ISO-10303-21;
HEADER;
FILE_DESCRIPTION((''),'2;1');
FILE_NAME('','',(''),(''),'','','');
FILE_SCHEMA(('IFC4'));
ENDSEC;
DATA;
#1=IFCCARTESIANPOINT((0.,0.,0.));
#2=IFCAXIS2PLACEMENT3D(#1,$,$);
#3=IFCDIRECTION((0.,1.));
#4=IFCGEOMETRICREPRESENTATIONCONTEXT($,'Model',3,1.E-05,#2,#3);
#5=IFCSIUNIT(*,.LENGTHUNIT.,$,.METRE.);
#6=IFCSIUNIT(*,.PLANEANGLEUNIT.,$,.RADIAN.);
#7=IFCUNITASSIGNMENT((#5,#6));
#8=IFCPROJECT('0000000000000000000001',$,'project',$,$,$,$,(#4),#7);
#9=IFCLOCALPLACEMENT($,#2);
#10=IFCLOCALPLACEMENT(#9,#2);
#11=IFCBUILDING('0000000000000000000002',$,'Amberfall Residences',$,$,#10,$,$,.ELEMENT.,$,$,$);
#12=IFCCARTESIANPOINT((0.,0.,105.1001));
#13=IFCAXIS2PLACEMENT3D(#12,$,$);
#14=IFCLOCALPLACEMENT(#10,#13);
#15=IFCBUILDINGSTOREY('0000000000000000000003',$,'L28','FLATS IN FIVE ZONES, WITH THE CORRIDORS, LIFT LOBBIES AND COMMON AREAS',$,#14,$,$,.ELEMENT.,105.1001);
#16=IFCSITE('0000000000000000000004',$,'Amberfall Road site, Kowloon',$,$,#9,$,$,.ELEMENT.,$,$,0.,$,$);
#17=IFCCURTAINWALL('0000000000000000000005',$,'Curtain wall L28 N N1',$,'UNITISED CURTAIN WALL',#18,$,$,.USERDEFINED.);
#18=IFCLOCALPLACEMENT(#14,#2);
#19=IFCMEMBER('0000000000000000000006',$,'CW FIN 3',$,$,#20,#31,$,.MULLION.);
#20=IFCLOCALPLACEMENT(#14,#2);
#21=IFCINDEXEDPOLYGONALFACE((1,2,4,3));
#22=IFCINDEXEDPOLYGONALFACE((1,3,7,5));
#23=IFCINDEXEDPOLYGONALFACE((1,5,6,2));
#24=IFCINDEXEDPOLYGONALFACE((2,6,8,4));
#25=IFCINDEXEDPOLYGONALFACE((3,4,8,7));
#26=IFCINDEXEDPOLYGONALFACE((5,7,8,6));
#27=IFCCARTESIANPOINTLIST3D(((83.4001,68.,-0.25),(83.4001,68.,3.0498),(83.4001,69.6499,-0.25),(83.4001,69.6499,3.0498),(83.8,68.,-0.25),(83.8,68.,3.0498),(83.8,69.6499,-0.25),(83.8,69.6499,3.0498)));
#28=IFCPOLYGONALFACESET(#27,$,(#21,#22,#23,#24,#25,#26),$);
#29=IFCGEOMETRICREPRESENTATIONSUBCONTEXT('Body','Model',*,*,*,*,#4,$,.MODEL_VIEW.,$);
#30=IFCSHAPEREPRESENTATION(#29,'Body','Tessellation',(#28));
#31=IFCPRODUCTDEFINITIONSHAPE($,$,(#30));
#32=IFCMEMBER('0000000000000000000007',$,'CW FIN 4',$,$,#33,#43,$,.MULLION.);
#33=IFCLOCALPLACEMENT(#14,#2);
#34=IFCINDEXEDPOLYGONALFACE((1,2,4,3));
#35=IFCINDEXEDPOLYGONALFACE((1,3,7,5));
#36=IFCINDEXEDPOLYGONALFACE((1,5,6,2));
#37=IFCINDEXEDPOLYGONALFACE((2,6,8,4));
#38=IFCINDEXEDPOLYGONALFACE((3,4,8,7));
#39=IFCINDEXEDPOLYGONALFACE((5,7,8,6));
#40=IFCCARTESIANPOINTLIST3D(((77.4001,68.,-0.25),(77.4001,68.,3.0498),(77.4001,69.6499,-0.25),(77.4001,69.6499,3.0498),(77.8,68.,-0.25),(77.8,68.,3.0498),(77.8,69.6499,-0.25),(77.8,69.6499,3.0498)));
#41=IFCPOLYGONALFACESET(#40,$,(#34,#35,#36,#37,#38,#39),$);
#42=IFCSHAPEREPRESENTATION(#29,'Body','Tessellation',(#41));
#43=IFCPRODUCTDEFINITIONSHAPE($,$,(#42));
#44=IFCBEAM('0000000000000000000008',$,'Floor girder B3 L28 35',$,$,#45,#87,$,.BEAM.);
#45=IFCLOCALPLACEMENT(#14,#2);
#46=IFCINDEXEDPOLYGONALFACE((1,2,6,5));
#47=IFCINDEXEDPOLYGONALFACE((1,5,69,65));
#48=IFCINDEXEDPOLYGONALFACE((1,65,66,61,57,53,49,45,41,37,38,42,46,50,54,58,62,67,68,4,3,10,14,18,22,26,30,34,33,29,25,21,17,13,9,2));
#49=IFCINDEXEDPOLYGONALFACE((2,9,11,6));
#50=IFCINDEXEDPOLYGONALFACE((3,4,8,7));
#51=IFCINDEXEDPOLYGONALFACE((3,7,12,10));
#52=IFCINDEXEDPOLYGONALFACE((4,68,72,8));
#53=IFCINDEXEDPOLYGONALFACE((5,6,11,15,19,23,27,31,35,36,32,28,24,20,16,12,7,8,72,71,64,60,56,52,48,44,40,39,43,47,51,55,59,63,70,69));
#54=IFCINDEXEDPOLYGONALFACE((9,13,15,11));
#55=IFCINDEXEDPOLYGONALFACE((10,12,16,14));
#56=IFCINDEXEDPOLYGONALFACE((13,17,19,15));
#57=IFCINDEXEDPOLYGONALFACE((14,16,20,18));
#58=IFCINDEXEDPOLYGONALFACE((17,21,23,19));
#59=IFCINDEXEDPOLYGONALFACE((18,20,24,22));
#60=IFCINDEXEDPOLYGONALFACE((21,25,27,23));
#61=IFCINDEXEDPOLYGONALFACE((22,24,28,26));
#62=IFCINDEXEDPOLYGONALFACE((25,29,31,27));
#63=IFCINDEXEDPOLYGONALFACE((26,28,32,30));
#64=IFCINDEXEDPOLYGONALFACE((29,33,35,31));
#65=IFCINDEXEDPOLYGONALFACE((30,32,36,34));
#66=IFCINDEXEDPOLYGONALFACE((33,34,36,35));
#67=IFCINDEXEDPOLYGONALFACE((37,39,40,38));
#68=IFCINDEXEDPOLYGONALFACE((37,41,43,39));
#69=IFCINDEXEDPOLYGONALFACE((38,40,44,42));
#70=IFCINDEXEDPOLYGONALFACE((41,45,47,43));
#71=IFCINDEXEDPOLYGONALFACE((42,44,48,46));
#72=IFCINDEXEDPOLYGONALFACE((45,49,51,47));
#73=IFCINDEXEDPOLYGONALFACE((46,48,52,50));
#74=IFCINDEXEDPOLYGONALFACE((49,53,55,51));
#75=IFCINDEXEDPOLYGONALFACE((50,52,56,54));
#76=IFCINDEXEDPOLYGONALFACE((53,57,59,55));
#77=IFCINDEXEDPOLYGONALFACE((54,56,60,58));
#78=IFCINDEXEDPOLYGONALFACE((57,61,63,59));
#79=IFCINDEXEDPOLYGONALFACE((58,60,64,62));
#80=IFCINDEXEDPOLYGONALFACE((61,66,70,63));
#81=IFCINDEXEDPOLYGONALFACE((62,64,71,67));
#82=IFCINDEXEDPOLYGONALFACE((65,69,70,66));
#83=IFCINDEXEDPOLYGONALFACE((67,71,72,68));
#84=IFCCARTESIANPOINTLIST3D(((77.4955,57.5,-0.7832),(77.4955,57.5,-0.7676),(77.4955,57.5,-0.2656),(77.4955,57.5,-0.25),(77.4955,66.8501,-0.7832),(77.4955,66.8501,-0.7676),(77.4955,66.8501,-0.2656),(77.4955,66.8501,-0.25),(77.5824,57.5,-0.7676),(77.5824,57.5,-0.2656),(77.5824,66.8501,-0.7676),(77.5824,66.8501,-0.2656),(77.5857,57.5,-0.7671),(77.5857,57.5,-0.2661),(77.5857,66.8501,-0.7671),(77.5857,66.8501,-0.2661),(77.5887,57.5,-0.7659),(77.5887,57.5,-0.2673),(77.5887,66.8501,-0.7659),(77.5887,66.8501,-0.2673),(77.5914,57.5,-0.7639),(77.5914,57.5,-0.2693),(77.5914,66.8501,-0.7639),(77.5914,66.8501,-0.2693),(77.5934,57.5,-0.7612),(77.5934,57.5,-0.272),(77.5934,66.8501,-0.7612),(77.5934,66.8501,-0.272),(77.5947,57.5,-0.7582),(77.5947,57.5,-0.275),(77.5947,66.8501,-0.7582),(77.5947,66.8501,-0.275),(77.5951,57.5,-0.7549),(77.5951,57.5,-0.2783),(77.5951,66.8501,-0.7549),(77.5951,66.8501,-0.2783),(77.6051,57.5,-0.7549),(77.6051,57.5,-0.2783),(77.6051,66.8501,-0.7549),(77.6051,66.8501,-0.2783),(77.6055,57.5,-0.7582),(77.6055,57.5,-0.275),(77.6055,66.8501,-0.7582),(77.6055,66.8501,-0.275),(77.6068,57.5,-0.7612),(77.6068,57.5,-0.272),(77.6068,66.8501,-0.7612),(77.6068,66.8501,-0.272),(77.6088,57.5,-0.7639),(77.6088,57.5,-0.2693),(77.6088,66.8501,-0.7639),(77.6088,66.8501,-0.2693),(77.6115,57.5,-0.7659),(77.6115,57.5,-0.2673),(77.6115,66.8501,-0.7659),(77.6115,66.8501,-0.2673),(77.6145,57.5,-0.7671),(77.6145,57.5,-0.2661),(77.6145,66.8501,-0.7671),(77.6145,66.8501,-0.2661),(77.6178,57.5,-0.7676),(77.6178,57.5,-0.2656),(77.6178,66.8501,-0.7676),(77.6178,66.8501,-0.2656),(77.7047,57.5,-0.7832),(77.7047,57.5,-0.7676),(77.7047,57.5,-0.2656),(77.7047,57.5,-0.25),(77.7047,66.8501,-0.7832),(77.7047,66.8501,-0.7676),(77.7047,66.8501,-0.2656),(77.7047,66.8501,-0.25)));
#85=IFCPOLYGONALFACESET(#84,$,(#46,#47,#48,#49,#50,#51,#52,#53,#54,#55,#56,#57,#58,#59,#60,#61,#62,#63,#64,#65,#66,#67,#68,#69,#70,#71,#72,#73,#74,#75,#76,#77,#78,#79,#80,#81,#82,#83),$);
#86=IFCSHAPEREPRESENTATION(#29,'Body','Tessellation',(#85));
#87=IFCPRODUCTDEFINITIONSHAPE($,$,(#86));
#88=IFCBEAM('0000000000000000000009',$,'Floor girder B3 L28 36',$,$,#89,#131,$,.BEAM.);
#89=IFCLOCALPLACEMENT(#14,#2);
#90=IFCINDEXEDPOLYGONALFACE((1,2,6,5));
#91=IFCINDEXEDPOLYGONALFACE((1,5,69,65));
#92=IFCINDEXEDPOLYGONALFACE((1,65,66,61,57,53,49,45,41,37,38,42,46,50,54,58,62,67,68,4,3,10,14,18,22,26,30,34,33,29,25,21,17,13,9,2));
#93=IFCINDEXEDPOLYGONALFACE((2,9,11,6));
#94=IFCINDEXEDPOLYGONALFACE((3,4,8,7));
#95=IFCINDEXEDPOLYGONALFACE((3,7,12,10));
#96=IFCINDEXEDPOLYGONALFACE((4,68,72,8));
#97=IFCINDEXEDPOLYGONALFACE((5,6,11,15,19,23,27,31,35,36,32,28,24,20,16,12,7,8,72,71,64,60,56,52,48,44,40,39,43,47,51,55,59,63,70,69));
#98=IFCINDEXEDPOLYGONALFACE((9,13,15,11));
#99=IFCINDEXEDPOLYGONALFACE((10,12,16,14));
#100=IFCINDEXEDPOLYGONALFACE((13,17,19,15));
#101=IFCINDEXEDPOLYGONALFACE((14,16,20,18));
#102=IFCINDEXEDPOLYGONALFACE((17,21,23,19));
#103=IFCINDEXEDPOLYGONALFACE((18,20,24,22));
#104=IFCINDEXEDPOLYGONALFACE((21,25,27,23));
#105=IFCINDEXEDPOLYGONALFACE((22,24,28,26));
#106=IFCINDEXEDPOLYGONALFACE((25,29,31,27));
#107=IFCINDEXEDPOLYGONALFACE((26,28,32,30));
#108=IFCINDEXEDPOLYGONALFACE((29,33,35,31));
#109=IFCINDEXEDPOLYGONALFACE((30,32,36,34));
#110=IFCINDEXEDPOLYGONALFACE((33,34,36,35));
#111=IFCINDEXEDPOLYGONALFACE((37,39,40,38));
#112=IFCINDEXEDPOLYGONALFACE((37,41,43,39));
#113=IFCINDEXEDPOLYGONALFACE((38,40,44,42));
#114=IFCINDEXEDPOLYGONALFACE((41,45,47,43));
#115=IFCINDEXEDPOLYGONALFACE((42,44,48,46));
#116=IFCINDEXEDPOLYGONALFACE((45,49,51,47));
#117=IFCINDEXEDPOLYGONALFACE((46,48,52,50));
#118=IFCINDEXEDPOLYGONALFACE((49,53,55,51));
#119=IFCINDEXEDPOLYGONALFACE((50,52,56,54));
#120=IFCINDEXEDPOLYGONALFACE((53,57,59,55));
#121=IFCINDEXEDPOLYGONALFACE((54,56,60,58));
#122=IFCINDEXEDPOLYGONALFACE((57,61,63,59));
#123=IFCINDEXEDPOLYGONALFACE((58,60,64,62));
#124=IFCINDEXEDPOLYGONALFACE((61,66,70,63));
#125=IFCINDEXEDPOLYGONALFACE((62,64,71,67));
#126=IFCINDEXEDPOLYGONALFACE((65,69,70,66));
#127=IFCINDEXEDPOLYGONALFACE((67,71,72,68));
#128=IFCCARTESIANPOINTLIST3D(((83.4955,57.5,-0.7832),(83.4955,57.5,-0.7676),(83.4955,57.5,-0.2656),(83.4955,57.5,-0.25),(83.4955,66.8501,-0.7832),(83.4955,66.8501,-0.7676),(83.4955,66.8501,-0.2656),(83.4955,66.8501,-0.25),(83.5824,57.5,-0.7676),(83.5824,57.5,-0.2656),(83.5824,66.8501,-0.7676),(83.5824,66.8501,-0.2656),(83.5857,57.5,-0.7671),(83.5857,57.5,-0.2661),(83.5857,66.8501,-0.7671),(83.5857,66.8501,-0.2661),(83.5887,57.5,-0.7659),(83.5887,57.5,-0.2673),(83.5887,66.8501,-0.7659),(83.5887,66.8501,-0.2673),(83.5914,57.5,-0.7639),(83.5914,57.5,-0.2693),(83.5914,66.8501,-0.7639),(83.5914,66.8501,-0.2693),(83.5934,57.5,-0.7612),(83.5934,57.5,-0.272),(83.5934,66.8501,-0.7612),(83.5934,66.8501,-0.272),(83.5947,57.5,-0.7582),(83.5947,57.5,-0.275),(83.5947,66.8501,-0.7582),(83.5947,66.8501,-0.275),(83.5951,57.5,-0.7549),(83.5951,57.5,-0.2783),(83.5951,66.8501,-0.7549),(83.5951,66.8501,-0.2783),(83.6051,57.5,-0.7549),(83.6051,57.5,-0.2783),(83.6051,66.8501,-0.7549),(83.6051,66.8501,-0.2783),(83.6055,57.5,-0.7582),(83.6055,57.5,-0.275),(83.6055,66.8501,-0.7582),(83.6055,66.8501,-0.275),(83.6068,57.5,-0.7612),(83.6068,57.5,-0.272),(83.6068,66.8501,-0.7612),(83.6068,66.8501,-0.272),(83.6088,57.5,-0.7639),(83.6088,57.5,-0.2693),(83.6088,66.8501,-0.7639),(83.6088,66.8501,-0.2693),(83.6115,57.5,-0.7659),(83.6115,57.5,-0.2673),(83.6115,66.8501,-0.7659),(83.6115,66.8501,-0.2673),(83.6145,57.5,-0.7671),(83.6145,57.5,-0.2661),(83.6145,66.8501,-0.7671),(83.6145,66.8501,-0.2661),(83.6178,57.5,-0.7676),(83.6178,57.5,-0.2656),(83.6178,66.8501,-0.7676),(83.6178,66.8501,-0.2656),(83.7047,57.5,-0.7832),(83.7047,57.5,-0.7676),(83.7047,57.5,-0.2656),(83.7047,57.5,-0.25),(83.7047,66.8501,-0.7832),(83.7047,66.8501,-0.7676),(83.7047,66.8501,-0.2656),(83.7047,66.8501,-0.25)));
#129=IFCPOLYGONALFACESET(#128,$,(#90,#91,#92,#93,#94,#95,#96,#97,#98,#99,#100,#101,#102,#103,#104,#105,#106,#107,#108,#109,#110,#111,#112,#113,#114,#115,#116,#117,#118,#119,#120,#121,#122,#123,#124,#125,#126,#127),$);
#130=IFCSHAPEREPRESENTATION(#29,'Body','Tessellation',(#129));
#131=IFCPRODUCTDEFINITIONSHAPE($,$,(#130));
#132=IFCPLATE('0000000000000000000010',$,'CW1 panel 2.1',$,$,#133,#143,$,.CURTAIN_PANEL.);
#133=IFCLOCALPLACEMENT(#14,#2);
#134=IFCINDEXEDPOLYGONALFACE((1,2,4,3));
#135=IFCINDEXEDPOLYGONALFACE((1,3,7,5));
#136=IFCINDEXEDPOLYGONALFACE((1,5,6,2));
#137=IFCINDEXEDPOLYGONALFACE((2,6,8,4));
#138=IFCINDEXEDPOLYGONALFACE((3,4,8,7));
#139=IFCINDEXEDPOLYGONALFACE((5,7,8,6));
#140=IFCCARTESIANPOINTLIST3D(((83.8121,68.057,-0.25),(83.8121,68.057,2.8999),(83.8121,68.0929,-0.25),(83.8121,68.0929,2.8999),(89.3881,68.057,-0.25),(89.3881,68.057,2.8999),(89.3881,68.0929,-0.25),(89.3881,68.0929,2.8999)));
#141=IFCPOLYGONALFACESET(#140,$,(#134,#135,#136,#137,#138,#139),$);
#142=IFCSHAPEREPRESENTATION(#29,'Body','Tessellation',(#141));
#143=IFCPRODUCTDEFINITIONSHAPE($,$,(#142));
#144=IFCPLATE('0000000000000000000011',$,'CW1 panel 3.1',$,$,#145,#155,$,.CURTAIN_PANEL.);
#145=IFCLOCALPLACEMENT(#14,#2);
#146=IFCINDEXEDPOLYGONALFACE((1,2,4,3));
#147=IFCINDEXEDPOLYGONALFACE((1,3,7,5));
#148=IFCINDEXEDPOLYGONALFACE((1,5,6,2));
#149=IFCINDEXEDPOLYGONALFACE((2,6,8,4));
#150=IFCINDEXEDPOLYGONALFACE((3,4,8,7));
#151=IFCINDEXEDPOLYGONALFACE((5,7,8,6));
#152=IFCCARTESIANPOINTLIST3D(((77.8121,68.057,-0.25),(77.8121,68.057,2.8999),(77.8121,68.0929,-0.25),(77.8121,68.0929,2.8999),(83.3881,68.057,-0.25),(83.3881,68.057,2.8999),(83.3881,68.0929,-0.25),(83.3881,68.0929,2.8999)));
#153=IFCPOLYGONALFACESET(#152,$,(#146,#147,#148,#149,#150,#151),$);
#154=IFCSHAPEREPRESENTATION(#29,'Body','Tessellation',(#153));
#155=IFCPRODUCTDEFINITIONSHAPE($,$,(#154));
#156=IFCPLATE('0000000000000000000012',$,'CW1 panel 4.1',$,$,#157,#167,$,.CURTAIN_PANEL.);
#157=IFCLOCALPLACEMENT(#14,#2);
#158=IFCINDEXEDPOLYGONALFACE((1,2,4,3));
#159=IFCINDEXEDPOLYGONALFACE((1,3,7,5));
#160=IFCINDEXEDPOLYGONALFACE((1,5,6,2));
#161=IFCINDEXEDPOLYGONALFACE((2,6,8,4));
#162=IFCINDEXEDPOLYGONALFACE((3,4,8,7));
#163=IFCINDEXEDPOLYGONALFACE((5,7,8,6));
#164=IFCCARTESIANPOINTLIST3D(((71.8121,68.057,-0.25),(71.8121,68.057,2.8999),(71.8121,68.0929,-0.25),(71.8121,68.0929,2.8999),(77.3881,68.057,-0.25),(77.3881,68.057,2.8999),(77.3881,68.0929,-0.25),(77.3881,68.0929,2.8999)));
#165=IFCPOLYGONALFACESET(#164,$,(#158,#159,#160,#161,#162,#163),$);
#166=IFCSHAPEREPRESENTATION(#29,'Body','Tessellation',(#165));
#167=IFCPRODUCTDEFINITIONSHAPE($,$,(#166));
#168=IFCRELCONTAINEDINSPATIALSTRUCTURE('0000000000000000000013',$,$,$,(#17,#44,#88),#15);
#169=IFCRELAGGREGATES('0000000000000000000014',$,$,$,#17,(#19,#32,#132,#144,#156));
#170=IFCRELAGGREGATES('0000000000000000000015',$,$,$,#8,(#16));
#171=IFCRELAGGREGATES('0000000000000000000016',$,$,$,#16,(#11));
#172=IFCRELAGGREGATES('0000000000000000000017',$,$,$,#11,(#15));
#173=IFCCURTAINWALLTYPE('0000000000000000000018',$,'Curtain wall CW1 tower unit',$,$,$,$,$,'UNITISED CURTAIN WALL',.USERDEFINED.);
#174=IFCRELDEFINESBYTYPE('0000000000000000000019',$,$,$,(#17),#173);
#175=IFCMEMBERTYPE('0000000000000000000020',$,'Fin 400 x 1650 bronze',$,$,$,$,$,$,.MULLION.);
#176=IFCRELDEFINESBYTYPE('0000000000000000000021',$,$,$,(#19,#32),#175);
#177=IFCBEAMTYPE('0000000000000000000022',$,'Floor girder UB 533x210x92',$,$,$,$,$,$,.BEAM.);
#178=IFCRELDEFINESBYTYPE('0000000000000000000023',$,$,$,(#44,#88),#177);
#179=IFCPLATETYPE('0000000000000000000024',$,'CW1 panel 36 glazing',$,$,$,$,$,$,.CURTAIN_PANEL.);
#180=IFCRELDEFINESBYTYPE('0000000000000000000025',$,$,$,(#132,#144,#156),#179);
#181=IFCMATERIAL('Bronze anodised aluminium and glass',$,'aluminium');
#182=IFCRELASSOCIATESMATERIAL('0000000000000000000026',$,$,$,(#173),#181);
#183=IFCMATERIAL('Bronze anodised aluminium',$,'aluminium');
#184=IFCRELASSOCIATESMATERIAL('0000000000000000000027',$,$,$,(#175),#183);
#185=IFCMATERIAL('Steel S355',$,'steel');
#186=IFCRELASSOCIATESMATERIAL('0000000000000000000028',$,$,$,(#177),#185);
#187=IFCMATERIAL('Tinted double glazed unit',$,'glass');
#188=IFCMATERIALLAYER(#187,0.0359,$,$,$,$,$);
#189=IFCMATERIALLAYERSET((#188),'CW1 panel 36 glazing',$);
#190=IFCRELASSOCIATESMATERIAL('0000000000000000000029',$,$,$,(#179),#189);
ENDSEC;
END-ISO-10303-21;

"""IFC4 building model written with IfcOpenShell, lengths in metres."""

from ifc_helpers import new_model, si_unit, direction, frame, origin, origin_2d, place, context, subcontext, project, spatial, rectangle, i_section, extrude, material, layer, layer_set, material_profile, profile_set, type_object, element, aggregate, save


model = new_model("IFC4")

# Units and contexts
model_context = context("Model", 3, precision=1e-05, world=origin(), true_north=direction((0.0, 1.0)))
body_context = subcontext(model_context, "Body", "Model", "MODEL_VIEW")
ifc_project = project(units=[si_unit("LENGTHUNIT", "METRE"), si_unit("PLANEANGLEUNIT", "RADIAN")], contexts=[model_context])

# Site, building, storey
site_placement = place(None, origin())
site = spatial("IfcSite", under=ifc_project, at=site_placement, Name="Amberfall Road site, Kowloon", CompositionType="ELEMENT", RefElevation=0.0)
building_placement = place(site_placement, origin())
building = spatial("IfcBuilding", under=site, at=building_placement, Name="Amberfall Residences", CompositionType="ELEMENT")
storey_placement = place(building_placement, frame((0.0, 0.0, 105.1001)))
storey = spatial("IfcBuildingStorey", under=building, at=storey_placement, Name="L28", Description="FLATS IN FIVE ZONES, WITH THE CORRIDORS, LIFT LOBBIES AND COMMON AREAS", CompositionType="ELEMENT", Elevation=105.1001)

# Curtain wall
ifc_material_1 = material(Name="Bronze anodised aluminium and glass", Category="aluminium")
curtain_wall_type = type_object("IfcCurtainWallType", Name="Curtain wall CW1 tower unit", ElementType="UNITISED CURTAIN WALL", PredefinedType="USERDEFINED", material=ifc_material_1)
curtain_wall_placement = place(storey_placement, origin())
curtain_wall = element("IfcCurtainWall", 1, at=curtain_wall_placement, inside=storey, type_object=curtain_wall_type, Name="Curtain wall L28 N N1", ObjectType="UNITISED CURTAIN WALL", PredefinedType="USERDEFINED")
ifc_material_2 = material(Name="Bronze anodised aluminium", Category="aluminium")

# Shared definitions
ifc_material_3 = material(Name="Steel S355", Category="steel")

# Members
ifc_material_profile_1 = material_profile(ifc_material_2, rectangle(XDim=1.6499, YDim=0.3999, at=origin_2d()), Name="Fin 400 x 1650 bronze")
ifc_profile_set_1 = profile_set([ifc_material_profile_1], Name="Bronze anodised aluminium")
member_type_1 = type_object("IfcMemberType", Name="Fin 400 x 1650 bronze", PredefinedType="MULLION", material=ifc_profile_set_1)
member_1_placement = place(storey_placement, frame((83.6001, 68.825, -0.25), z_axis=(0.0, 0.0, 1.0), x_axis=(0.0, -1.0, 0.0)))
member_1 = element("IfcMember", 2, at=member_1_placement, type_object=member_type_1, Name="CW FIN 3", PredefinedType="MULLION", context=body_context, shape_type="SweptSolid", body=[
    extrude(rectangle(XDim=1.6499, YDim=0.3999, at=origin_2d()), origin(), (0.0, 0.0, 1.0), 3.2998),
])
member_2_placement = place(storey_placement, frame((77.6001, 68.825, -0.25), z_axis=(0.0, 0.0, 1.0), x_axis=(0.0, -1.0, 0.0)))
member_2 = element("IfcMember", 3, at=member_2_placement, type_object=member_type_1, Name="CW FIN 4", PredefinedType="MULLION", context=body_context, shape_type="SweptSolid", body=[
    extrude(rectangle(XDim=1.6499, YDim=0.3999, at=origin_2d()), origin(), (0.0, 0.0, 1.0), 3.2998),
])

# Beams
ifc_material_profile_2 = material_profile(ifc_material_3, i_section(OverallWidth=0.2092, OverallDepth=0.5332, WebThickness=0.01, FlangeThickness=0.0156, FilletRadius=0.0127, at=origin_2d()), Name="UB 533x210x92")
ifc_profile_set_2 = profile_set([ifc_material_profile_2], Name="Steel S355")
beam_type_1 = type_object("IfcBeamType", Name="Floor girder UB 533x210x92", PredefinedType="BEAM", material=ifc_profile_set_2)
for number, where, z_axis, x_axis, name in (
    (4, (77.6001, 66.8501, -0.5166), (0.0, -1.0, 0.0), (1.0, 0.0, 0.0), "Floor girder B3 L28 35"),
    (5, (83.6001, 66.8501, -0.5166), (0.0, -1.0, 0.0), (1.0, 0.0, 0.0), "Floor girder B3 L28 36"),
):
    element("IfcBeam", number, at=place(storey_placement, frame(where, z_axis=z_axis, x_axis=x_axis)), inside=storey, type_object=beam_type_1, Name=name, PredefinedType="BEAM", context=body_context, shape_type="SweptSolid", body=[
        extrude(i_section(OverallWidth=0.2092, OverallDepth=0.5332, WebThickness=0.01, FlangeThickness=0.0156, FilletRadius=0.0127, at=origin_2d()), origin(), (0.0, 0.0, 1.0), 9.3501),
    ])

# Plates
ifc_material_4 = material(Name="Tinted double glazed unit", Category="glass")
ifc_layer_1 = layer(ifc_material_4, 0.0359)
ifc_layer_set_1 = layer_set([ifc_layer_1], Name="CW1 panel 36 glazing")
plate_type = type_object("IfcPlateType", Name="CW1 panel 36 glazing", PredefinedType="CURTAIN_PANEL", material=ifc_layer_set_1)
plate_1_placement = place(storey_placement, frame((86.6001, 68.075, -0.25), z_axis=(0.0, 0.0, 1.0), x_axis=(-1.0, 0.0, 0.0)))
plate_1 = element("IfcPlate", 6, at=plate_1_placement, type_object=plate_type, Name="CW1 panel 2.1", PredefinedType="CURTAIN_PANEL", context=body_context, shape_type="SweptSolid", body=[
    extrude(rectangle(XDim=5.5759, YDim=0.0359, at=origin_2d()), origin(), (0.0, 0.0, 1.0), 3.1499),
])
plate_2_placement = place(storey_placement, frame((80.6001, 68.075, -0.25), z_axis=(0.0, 0.0, 1.0), x_axis=(-1.0, 0.0, 0.0)))
plate_2 = element("IfcPlate", 7, at=plate_2_placement, type_object=plate_type, Name="CW1 panel 3.1", PredefinedType="CURTAIN_PANEL", context=body_context, shape_type="SweptSolid", body=[
    extrude(rectangle(XDim=5.5759, YDim=0.0359, at=origin_2d()), origin(), (0.0, 0.0, 1.0), 3.1499),
])
plate_3_placement = place(storey_placement, frame((74.6001, 68.075, -0.25), z_axis=(0.0, 0.0, 1.0), x_axis=(-1.0, 0.0, 0.0)))
plate_3 = element("IfcPlate", 8, at=plate_3_placement, type_object=plate_type, Name="CW1 panel 4.1", PredefinedType="CURTAIN_PANEL", context=body_context, shape_type="SweptSolid", body=[
    extrude(rectangle(XDim=5.5759, YDim=0.0359, at=origin_2d()), origin(), (0.0, 0.0, 1.0), 3.1499),
])
aggregate(curtain_wall, [member_1, member_2, plate_1, plate_2, plate_3])

save(model, "model.ifc")
